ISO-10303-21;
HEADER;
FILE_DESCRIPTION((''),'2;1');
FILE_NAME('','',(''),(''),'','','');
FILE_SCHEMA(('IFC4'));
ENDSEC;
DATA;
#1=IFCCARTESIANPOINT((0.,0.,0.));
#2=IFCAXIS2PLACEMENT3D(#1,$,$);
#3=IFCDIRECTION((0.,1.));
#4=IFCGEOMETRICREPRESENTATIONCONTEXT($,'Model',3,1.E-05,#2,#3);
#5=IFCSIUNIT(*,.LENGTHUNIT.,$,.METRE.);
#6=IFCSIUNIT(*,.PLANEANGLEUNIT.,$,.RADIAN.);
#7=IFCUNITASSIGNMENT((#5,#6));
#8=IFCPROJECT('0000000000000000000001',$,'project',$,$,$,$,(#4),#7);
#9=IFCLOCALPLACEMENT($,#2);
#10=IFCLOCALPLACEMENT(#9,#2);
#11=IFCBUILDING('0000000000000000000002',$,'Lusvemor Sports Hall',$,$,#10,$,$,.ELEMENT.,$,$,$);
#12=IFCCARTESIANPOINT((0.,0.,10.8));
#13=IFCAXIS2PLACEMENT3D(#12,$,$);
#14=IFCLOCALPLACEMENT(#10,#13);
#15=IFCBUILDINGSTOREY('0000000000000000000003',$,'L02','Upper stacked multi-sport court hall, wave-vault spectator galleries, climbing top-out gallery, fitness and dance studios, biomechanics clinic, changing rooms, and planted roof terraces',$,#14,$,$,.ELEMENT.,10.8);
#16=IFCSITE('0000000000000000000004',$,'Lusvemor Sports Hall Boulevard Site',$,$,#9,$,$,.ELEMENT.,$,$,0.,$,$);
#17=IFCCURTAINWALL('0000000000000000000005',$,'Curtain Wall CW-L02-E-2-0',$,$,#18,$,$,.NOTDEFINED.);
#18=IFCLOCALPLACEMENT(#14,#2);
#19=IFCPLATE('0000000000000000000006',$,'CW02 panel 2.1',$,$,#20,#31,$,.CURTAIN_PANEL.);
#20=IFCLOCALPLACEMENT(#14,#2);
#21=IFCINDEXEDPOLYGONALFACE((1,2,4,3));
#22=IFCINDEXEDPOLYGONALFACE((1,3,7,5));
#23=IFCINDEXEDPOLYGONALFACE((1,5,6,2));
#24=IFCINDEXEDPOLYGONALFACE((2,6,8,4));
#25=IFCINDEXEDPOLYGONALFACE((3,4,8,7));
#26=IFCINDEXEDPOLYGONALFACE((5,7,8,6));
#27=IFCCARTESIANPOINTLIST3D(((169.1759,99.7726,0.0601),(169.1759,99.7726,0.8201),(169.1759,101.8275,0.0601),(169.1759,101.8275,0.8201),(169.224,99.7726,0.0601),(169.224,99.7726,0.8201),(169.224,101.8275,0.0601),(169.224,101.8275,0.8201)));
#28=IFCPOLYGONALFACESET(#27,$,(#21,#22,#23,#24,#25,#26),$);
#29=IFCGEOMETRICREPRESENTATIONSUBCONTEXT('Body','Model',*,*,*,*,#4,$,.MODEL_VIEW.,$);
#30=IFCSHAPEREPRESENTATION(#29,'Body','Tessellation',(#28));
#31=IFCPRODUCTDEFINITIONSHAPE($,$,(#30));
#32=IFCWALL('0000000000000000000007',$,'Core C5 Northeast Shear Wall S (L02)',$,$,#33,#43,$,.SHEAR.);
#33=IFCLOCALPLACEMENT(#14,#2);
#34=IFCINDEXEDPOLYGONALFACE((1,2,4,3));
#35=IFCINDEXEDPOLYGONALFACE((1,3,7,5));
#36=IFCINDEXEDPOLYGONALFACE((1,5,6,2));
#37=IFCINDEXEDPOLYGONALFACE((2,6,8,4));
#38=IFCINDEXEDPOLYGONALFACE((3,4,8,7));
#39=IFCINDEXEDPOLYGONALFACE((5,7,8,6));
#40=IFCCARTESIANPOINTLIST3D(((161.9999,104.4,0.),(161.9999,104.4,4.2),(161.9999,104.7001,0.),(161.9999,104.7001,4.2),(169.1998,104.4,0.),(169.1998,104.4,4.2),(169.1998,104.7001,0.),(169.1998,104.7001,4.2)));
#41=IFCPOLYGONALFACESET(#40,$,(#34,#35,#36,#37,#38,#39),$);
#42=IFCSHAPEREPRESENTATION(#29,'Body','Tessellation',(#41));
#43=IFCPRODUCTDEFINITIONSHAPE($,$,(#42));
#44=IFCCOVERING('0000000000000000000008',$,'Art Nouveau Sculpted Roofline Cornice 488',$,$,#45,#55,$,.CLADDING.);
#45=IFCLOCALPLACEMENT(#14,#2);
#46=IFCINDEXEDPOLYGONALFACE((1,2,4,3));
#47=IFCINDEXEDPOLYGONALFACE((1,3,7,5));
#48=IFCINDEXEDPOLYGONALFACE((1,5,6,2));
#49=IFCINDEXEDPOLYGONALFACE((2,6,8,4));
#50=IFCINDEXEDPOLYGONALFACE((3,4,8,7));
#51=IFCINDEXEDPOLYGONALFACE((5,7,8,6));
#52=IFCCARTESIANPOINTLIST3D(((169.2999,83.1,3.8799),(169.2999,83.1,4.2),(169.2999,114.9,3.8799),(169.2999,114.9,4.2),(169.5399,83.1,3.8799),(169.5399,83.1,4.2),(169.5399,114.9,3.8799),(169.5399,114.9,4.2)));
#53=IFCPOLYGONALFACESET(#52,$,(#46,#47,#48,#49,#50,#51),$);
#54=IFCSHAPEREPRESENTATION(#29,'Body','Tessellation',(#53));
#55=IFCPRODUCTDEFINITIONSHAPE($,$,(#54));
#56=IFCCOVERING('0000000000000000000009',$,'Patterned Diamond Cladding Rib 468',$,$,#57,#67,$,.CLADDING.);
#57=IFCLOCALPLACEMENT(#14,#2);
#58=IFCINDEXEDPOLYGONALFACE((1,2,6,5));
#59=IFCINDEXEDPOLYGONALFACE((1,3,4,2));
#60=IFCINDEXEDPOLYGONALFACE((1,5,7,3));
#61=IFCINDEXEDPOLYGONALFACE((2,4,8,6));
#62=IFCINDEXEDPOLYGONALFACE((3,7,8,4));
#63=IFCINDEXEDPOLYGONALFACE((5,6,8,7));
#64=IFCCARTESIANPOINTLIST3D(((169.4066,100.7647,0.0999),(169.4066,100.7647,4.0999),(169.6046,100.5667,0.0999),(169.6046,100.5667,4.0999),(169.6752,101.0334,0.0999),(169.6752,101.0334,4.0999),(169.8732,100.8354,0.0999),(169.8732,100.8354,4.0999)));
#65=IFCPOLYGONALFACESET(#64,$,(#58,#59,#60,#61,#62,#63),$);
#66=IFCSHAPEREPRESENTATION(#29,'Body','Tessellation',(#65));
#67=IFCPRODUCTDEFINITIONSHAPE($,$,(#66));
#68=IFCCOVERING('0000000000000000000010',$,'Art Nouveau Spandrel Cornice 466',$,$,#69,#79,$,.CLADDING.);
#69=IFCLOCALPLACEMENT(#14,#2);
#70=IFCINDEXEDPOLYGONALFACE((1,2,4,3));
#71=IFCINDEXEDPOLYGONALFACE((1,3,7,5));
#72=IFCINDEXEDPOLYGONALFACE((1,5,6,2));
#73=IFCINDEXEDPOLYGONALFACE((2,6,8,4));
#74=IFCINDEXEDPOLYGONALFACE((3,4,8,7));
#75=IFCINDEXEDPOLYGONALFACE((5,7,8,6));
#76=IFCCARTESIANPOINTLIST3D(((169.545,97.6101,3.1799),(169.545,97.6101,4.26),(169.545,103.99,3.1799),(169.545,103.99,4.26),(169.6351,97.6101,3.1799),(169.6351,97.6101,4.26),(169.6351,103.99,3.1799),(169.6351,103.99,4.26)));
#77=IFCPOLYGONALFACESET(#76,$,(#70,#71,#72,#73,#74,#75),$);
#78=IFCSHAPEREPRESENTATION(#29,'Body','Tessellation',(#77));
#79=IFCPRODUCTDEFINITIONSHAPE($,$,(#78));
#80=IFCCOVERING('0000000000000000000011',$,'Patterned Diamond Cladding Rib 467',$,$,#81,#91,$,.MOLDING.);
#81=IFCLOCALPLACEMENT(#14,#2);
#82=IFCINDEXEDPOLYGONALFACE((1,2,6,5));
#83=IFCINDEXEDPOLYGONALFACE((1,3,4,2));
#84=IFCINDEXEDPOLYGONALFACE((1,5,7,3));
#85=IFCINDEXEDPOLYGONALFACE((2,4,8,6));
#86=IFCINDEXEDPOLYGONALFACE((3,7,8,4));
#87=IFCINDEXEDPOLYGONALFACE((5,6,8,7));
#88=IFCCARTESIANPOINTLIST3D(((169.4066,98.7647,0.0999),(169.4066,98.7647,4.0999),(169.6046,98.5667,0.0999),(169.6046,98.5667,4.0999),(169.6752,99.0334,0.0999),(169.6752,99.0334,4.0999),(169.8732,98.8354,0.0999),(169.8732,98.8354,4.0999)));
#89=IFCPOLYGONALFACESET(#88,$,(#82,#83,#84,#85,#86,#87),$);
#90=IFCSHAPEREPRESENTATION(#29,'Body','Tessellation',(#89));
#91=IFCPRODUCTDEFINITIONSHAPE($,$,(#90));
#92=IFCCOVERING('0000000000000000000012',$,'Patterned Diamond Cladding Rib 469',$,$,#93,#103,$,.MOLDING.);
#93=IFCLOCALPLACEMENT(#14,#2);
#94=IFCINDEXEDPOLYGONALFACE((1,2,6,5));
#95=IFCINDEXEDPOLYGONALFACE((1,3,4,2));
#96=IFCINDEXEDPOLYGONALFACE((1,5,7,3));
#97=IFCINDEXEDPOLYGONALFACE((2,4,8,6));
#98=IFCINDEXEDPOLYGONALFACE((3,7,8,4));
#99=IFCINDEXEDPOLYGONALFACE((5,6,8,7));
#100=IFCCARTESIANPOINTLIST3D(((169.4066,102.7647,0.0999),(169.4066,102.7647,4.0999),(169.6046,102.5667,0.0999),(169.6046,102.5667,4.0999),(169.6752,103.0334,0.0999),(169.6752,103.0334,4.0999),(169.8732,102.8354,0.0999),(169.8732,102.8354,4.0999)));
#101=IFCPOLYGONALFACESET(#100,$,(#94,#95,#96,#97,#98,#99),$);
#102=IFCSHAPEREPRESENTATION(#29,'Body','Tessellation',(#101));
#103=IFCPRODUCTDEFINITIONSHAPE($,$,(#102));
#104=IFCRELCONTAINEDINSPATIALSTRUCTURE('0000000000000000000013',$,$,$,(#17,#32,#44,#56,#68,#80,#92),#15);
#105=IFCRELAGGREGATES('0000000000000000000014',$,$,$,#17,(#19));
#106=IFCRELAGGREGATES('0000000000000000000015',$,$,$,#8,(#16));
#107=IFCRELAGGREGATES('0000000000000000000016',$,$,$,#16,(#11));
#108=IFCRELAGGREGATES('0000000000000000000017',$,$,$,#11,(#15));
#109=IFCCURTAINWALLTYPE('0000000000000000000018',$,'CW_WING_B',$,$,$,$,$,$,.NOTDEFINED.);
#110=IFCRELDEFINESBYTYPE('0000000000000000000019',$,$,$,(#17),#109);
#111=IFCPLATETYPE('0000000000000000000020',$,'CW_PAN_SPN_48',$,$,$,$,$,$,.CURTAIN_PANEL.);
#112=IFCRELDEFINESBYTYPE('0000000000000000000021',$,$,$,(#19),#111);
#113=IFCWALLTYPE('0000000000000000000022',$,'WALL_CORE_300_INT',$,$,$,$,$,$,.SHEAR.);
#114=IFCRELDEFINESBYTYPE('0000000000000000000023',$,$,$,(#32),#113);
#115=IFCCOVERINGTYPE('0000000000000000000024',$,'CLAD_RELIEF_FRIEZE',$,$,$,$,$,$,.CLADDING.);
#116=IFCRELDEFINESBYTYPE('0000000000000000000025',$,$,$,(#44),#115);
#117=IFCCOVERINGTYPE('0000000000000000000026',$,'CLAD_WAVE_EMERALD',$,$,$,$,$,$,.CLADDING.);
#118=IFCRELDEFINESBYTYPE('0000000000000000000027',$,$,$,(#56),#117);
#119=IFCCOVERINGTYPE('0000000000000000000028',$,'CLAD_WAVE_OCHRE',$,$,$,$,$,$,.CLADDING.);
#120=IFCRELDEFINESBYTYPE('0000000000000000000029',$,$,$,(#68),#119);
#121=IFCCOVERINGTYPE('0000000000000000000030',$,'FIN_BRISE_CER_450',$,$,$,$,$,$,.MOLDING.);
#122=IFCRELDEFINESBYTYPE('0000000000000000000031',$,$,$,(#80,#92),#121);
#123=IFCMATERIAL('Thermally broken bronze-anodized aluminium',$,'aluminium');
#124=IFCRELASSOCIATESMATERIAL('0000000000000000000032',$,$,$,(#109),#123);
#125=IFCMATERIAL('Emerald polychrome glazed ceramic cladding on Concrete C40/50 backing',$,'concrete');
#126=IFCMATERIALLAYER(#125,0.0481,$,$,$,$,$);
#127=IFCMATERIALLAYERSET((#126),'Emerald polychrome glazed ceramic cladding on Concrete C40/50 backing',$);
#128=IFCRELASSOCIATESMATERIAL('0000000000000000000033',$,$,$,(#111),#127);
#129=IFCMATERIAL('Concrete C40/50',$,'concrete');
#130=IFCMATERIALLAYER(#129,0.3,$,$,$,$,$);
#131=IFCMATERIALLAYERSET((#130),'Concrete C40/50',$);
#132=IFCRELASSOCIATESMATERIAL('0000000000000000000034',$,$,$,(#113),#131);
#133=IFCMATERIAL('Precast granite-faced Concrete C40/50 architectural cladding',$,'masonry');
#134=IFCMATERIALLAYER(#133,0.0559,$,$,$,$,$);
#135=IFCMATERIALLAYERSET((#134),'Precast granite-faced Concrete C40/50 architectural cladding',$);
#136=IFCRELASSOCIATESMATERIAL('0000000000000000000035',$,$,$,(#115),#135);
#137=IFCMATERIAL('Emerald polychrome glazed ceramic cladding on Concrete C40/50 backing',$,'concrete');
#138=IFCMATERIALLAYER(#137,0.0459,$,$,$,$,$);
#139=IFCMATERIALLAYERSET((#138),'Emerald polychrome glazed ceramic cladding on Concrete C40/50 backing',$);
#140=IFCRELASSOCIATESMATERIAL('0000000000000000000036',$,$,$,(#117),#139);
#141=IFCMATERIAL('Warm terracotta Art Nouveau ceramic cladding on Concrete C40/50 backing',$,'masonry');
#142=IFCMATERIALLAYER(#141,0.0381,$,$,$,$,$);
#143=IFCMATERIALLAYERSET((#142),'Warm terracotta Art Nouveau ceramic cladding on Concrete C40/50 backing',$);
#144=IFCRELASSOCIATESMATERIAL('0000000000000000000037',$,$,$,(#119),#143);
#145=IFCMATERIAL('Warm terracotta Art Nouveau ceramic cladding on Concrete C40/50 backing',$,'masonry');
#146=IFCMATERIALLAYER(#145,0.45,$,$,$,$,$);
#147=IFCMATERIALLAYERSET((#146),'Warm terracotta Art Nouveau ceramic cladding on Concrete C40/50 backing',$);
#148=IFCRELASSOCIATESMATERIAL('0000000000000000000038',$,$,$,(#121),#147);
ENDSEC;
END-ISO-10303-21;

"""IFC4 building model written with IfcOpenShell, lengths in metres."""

from ifc_helpers import new_model, si_unit, direction, frame, frame_2d, origin, origin_2d, place, context, subcontext, project, spatial, rectangle, extrude, material, layer, layer_set, type_object, element, aggregate, save


model = new_model("IFC4")

# Units and contexts
model_context = context("Model", 3, precision=1e-05, world=origin(), true_north=direction((0.0, 1.0)))
body_context = subcontext(model_context, "Body", "Model", "MODEL_VIEW")
ifc_project = project(units=[si_unit("LENGTHUNIT", "METRE"), si_unit("PLANEANGLEUNIT", "RADIAN")], contexts=[model_context])

# Site, building, storey
site_placement = place(None, origin())
site = spatial("IfcSite", under=ifc_project, at=site_placement, Name="Lusvemor Sports Hall Boulevard Site", CompositionType="ELEMENT", RefElevation=0.0)
building_placement = place(site_placement, origin())
building = spatial("IfcBuilding", under=site, at=building_placement, Name="Lusvemor Sports Hall", CompositionType="ELEMENT")
storey_placement = place(building_placement, frame((0.0, 0.0, 10.8)))
storey = spatial("IfcBuildingStorey", under=building, at=storey_placement, Name="L02", Description="Upper stacked multi-sport court hall, wave-vault spectator galleries, climbing top-out gallery, fitness and dance studios, biomechanics clinic, changing rooms, and planted roof terraces", CompositionType="ELEMENT", Elevation=10.8)

# Curtain wall, plate
ifc_material_1 = material(Name="Thermally broken bronze-anodized aluminium", Category="aluminium")
curtain_wall_type = type_object("IfcCurtainWallType", Name="CW_WING_B", PredefinedType="NOTDEFINED", material=ifc_material_1)
curtain_wall_placement = place(storey_placement, origin())
curtain_wall = element("IfcCurtainWall", 1, at=curtain_wall_placement, inside=storey, type_object=curtain_wall_type, Name="Curtain Wall CW-L02-E-2-0", PredefinedType="NOTDEFINED")
ifc_material_2 = material(Name="Emerald polychrome glazed ceramic cladding on Concrete C40/50 backing", Category="concrete")
ifc_layer_1 = layer(ifc_material_2, 0.0481)
ifc_layer_set_1 = layer_set([ifc_layer_1], Name="Emerald polychrome glazed ceramic cladding on Concrete C40/50 backing")
plate_type_1 = type_object("IfcPlateType", Name="CW_PAN_SPN_48", PredefinedType="CURTAIN_PANEL", material=ifc_layer_set_1)
plate_1_placement = place(storey_placement, frame((169.2, 100.8, 0.0601), z_axis=(0.0, 0.0, 1.0), x_axis=(0.0, -1.0, 0.0)))
plate_1 = element("IfcPlate", 2, at=plate_1_placement, type_object=plate_type_1, Name="CW02 panel 2.1", PredefinedType="CURTAIN_PANEL", context=body_context, shape_type="SweptSolid", body=[
    extrude(rectangle(XDim=2.0549, YDim=0.0481, at=origin_2d()), origin(), (0.0, 0.0, 1.0), 0.76),
])
aggregate(curtain_wall, [plate_1])

# Wall
ifc_material_3 = material(Name="Concrete C40/50", Category="concrete")
ifc_layer_2 = layer(ifc_material_3, 0.3)
ifc_layer_set_2 = layer_set([ifc_layer_2], Name="Concrete C40/50")
wall_type = type_object("IfcWallType", Name="WALL_CORE_300_INT", PredefinedType="SHEAR", material=ifc_layer_set_2)
wall_placement = place(storey_placement, frame((169.2, 104.55, 0.0), z_axis=(0.0, 0.0, 1.0), x_axis=(-1.0, 0.0, 0.0)))
element("IfcWall", 3, at=wall_placement, inside=storey, type_object=wall_type, Name="Core C5 Northeast Shear Wall S (L02)", PredefinedType="SHEAR", context=body_context, shape_type="SweptSolid", body=[
    extrude(rectangle(XDim=7.2, YDim=0.3, at=frame_2d((3.6001, 0.0))), origin(), (0.0, 0.0, 1.0), 4.2),
])

# Coverings
ifc_material_4 = material(Name="Precast granite-faced Concrete C40/50 architectural cladding", Category="masonry")
ifc_layer_3 = layer(ifc_material_4, 0.0559)
ifc_layer_set_3 = layer_set([ifc_layer_3], Name="Precast granite-faced Concrete C40/50 architectural cladding")
covering_type_1 = type_object("IfcCoveringType", Name="CLAD_RELIEF_FRIEZE", PredefinedType="CLADDING", material=ifc_layer_set_3)
covering_1_placement = place(storey_placement, frame((169.4199, 99.0, 3.8799), z_axis=(0.0, 0.0, 1.0), x_axis=(1.0, 0.0, 0.0)))
element("IfcCovering", 4, at=covering_1_placement, inside=storey, type_object=covering_type_1, Name="Art Nouveau Sculpted Roofline Cornice 488", PredefinedType="CLADDING", context=body_context, shape_type="SweptSolid", body=[
    extrude(rectangle(XDim=0.24, YDim=31.8, at=origin_2d()), origin(), (0.0, 0.0, 1.0), 0.3201),
])
ifc_material_5 = material(Name="Emerald polychrome glazed ceramic cladding on Concrete C40/50 backing", Category="concrete")
ifc_layer_4 = layer(ifc_material_5, 0.0459)
ifc_layer_set_4 = layer_set([ifc_layer_4], Name="Emerald polychrome glazed ceramic cladding on Concrete C40/50 backing")
covering_type_2 = type_object("IfcCoveringType", Name="CLAD_WAVE_EMERALD", PredefinedType="CLADDING", material=ifc_layer_set_4)
covering_2_placement = place(storey_placement, frame((169.6399, 100.8, 0.0999), z_axis=(0.0, 0.0, 1.0), x_axis=(0.707107, 0.707107, 0.0)))
element("IfcCovering", 5, at=covering_2_placement, inside=storey, type_object=covering_type_2, Name="Patterned Diamond Cladding Rib 468", PredefinedType="CLADDING", context=body_context, shape_type="SweptSolid", body=[
    extrude(rectangle(XDim=0.3799, YDim=0.28, at=origin_2d()), origin(), (0.0, 0.0, 1.0), 4.0),
])
ifc_material_6 = material(Name="Warm terracotta Art Nouveau ceramic cladding on Concrete C40/50 backing", Category="masonry")
ifc_layer_5 = layer(ifc_material_6, 0.0381)
ifc_layer_set_5 = layer_set([ifc_layer_5], Name="Warm terracotta Art Nouveau ceramic cladding on Concrete C40/50 backing")
covering_type_3 = type_object("IfcCoveringType", Name="CLAD_WAVE_OCHRE", PredefinedType="CLADDING", material=ifc_layer_set_5)
covering_3_placement = place(storey_placement, frame((169.5901, 100.8, 3.1799), z_axis=(0.0, 0.0, 1.0), x_axis=(1.0, 0.0, 0.0)))
element("IfcCovering", 6, at=covering_3_placement, inside=storey, type_object=covering_type_3, Name="Art Nouveau Spandrel Cornice 466", PredefinedType="CLADDING", context=body_context, shape_type="SweptSolid", body=[
    extrude(rectangle(XDim=0.0901, YDim=6.3799, at=origin_2d()), origin(), (0.0, 0.0, 1.0), 1.0801),
])
ifc_material_7 = material(Name="Warm terracotta Art Nouveau ceramic cladding on Concrete C40/50 backing", Category="masonry")
ifc_layer_6 = layer(ifc_material_7, 0.45)
ifc_layer_set_6 = layer_set([ifc_layer_6], Name="Warm terracotta Art Nouveau ceramic cladding on Concrete C40/50 backing")
covering_type_4 = type_object("IfcCoveringType", Name="FIN_BRISE_CER_450", PredefinedType="MOLDING", material=ifc_layer_set_6)
for number, where, z_axis, x_axis, name in (
    (7, (169.6399, 98.8, 0.0999), (0.0, 0.0, 1.0), (0.707107, 0.707107, 0.0), "Patterned Diamond Cladding Rib 467"),
    (8, (169.6399, 102.8, 0.0999), (0.0, 0.0, 1.0), (0.707107, 0.707107, 0.0), "Patterned Diamond Cladding Rib 469"),
):
    element("IfcCovering", number, at=place(storey_placement, frame(where, z_axis=z_axis, x_axis=x_axis)), inside=storey, type_object=covering_type_4, Name=name, PredefinedType="MOLDING", context=body_context, shape_type="SweptSolid", body=[
        extrude(rectangle(XDim=0.3799, YDim=0.28, at=origin_2d()), origin(), (0.0, 0.0, 1.0), 4.0),
    ])

save(model, "model.ifc")
